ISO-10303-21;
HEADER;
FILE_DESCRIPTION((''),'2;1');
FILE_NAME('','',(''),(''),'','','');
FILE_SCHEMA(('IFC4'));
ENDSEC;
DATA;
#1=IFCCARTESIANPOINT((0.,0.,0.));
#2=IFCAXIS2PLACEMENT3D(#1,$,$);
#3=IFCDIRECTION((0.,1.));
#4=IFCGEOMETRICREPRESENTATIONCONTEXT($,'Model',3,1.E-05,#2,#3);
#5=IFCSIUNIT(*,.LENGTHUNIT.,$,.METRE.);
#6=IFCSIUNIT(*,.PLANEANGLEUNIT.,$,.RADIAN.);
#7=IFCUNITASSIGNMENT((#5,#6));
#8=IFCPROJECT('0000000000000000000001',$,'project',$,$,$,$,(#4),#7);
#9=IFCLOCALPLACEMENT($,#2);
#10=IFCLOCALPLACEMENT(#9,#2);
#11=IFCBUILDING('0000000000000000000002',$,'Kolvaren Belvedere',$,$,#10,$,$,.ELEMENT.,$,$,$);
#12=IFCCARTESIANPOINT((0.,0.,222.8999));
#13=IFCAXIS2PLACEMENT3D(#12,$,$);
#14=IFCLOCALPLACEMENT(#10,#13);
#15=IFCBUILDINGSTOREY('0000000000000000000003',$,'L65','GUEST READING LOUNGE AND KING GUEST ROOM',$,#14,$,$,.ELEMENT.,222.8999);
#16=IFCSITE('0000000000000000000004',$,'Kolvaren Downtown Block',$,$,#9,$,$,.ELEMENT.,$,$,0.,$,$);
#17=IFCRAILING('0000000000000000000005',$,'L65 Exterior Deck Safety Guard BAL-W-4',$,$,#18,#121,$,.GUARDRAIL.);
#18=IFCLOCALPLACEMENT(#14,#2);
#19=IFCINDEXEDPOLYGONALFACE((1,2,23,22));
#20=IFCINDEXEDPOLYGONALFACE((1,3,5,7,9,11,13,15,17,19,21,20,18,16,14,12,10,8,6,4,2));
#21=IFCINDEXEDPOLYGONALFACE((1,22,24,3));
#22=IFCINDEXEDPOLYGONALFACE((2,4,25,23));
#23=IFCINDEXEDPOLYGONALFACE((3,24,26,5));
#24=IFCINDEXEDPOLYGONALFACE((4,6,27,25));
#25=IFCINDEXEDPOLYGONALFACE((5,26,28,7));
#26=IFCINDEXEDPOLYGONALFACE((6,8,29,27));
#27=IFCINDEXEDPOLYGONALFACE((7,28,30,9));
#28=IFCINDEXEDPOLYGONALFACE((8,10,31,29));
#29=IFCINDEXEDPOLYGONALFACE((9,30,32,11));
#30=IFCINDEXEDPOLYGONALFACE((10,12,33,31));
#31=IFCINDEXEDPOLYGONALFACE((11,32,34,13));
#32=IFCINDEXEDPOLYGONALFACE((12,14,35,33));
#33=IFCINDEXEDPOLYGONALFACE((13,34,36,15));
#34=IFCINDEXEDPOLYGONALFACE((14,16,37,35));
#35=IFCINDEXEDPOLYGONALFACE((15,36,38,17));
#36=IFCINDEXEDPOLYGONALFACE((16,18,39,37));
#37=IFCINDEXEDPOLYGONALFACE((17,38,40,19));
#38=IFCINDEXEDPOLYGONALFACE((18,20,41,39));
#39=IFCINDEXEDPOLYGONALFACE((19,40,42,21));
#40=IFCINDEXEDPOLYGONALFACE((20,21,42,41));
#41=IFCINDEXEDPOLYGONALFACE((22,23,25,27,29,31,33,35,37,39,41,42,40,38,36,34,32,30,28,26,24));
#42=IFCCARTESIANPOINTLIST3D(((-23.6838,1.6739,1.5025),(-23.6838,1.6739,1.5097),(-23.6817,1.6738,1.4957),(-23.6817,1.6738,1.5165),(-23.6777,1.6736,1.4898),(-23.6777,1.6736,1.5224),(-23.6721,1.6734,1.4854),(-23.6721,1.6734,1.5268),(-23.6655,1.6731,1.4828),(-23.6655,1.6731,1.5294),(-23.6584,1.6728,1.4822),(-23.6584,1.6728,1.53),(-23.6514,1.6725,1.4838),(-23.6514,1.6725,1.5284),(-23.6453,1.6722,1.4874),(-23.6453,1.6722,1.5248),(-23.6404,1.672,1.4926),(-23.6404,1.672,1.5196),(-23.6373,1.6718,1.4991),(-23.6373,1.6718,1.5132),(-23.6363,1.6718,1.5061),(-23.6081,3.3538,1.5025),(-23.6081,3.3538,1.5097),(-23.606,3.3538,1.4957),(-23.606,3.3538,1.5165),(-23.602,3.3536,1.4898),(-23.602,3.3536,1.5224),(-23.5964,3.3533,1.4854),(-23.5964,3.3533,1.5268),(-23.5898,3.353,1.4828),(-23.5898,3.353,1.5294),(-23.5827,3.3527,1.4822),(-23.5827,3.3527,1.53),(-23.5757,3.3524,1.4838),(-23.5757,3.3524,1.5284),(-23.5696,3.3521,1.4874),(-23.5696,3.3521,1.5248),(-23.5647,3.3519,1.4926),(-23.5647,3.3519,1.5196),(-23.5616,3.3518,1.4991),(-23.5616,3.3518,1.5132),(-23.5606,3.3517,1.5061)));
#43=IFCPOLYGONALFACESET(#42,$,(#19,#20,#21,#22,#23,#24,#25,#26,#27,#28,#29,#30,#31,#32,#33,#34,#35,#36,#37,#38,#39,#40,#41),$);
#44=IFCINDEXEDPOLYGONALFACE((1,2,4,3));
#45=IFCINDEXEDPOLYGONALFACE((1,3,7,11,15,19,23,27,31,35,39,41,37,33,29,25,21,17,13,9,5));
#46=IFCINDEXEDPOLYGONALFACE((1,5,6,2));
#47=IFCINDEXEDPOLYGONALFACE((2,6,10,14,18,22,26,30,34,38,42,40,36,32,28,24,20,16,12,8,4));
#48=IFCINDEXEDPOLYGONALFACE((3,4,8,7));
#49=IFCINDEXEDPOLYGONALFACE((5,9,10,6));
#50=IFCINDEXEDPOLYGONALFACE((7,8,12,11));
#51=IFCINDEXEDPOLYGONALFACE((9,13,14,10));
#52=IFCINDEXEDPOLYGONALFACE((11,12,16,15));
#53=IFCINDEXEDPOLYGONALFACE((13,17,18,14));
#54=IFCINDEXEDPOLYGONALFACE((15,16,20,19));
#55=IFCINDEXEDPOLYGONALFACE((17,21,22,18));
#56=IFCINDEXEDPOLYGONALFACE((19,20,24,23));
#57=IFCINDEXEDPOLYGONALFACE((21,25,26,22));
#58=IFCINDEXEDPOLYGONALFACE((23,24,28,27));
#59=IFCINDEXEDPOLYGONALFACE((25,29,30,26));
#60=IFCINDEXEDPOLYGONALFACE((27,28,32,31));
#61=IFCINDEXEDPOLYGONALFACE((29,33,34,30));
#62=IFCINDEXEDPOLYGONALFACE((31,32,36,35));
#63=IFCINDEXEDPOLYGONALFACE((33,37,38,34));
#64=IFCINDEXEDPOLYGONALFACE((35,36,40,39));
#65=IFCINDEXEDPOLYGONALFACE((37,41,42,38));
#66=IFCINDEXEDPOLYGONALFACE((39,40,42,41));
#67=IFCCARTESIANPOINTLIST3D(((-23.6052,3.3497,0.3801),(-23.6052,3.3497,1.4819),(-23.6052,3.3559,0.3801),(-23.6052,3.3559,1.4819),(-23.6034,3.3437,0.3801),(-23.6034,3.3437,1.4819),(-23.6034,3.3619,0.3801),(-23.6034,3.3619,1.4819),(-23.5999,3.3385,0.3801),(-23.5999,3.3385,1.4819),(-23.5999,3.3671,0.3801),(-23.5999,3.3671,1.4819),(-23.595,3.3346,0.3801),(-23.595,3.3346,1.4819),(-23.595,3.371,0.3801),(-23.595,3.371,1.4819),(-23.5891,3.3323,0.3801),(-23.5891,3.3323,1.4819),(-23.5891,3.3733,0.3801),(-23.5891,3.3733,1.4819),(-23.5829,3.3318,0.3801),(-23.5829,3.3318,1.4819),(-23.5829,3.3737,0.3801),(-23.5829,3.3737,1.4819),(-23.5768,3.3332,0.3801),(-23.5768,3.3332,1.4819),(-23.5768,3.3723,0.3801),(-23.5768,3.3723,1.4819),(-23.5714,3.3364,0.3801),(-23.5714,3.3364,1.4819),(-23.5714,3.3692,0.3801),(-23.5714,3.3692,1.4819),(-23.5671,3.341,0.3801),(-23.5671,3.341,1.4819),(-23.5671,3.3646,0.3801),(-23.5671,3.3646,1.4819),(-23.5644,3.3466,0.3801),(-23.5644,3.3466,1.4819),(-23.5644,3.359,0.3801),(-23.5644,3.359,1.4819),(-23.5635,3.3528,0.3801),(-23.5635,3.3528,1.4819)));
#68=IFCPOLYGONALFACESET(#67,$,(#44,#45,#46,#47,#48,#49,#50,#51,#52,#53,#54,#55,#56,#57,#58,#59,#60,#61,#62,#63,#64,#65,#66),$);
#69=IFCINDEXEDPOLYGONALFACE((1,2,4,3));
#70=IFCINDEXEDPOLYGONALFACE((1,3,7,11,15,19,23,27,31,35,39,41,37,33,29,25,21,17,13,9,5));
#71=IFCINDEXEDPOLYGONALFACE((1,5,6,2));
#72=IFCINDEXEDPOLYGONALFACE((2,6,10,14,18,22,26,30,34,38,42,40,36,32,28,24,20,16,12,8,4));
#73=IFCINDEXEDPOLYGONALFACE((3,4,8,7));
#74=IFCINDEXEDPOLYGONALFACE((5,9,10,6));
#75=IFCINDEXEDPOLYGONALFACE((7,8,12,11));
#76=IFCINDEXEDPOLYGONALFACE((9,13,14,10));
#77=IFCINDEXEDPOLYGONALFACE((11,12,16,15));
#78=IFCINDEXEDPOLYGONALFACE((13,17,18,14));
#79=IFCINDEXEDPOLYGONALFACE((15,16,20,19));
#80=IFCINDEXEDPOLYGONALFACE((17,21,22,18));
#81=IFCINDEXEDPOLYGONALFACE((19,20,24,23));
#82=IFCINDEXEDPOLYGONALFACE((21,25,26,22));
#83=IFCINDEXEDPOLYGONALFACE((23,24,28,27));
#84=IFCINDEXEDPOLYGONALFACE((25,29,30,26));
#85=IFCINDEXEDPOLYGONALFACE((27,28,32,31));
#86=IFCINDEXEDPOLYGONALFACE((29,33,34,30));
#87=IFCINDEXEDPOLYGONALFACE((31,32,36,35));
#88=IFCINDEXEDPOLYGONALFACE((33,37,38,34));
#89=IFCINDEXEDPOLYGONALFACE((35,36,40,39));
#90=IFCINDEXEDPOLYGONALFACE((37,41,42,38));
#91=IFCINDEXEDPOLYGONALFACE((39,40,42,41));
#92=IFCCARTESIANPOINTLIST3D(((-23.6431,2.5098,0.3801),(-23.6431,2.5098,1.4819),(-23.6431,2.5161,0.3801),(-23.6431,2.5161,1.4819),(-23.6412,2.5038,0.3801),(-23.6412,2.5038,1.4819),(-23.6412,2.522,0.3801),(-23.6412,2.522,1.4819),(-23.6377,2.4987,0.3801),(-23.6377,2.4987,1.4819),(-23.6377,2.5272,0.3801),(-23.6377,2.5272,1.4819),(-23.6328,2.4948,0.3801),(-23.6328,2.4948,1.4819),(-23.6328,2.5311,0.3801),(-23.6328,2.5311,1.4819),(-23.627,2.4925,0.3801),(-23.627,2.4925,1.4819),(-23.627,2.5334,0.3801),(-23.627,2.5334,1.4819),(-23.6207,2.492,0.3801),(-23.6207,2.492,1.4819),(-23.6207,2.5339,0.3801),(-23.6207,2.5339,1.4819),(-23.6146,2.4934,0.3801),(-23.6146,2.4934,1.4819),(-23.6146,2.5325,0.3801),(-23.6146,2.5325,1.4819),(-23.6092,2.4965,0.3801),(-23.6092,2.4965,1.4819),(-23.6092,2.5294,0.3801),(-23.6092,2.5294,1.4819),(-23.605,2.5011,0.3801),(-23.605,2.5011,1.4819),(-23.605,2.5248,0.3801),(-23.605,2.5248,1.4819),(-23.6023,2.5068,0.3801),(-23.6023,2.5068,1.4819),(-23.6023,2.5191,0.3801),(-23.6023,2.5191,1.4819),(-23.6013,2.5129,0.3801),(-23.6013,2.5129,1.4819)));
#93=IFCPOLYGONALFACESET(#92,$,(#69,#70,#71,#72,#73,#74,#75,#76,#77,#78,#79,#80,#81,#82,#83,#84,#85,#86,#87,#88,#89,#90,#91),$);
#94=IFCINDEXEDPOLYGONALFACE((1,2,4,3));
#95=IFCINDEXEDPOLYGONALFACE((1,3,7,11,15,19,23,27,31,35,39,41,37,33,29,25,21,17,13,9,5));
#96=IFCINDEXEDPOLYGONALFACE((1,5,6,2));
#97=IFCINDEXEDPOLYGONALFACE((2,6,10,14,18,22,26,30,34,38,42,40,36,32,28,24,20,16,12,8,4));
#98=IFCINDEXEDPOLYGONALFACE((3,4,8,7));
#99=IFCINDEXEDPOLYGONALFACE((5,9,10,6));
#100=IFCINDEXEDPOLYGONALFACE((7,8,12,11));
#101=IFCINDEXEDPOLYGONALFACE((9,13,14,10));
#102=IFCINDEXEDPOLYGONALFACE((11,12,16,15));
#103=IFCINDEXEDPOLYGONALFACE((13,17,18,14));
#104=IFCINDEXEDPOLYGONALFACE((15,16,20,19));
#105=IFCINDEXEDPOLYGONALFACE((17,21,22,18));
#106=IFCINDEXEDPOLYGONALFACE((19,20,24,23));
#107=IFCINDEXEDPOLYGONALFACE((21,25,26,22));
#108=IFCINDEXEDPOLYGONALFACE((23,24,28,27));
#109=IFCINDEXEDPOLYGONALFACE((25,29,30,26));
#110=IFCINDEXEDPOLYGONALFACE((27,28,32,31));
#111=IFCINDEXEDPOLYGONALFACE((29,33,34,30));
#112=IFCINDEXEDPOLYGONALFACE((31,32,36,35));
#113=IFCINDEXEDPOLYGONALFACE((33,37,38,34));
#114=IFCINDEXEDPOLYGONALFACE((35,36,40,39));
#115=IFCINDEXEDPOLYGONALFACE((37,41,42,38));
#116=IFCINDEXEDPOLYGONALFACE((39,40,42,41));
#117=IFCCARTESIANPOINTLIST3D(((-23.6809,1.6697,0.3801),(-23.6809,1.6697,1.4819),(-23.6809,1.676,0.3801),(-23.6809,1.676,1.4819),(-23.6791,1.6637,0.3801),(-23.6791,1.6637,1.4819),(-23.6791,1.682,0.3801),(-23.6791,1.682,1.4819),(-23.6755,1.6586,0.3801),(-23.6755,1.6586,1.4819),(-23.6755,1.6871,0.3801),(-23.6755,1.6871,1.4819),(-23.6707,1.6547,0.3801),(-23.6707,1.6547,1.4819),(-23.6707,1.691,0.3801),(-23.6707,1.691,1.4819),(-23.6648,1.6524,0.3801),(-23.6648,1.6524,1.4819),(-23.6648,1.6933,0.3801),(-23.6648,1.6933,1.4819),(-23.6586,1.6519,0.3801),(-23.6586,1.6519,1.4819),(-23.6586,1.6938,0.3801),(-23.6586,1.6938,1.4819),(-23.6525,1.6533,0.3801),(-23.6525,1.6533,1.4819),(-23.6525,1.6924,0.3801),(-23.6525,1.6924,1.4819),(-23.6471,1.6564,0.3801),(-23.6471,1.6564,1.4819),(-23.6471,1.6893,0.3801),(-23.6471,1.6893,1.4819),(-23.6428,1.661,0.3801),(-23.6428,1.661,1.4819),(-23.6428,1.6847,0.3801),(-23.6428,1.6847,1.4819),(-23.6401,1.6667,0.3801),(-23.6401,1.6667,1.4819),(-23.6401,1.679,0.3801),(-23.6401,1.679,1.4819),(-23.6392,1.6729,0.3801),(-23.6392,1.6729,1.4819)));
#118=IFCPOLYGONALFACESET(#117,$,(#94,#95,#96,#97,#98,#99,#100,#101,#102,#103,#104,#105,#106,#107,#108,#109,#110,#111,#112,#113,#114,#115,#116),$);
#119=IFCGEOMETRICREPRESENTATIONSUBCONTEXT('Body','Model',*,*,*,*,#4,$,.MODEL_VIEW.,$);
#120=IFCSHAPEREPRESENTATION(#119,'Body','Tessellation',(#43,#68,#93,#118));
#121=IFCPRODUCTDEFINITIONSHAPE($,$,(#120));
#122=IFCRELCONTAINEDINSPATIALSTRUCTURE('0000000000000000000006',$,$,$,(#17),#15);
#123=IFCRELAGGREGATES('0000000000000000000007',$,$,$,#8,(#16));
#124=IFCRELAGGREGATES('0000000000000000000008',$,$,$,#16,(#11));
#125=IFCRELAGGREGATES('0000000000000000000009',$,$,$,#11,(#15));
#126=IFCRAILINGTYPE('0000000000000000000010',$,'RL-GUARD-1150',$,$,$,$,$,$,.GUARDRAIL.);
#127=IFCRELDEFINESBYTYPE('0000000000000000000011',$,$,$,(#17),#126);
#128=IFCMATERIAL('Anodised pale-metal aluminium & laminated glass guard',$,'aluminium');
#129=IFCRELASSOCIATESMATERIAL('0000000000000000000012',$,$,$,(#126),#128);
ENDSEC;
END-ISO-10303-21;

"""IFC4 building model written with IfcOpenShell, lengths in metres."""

from ifc_helpers import new_model, si_unit, direction, frame, origin, origin_2d, place, context, subcontext, project, spatial, circle, extrude, material, type_object, element, save


model = new_model("IFC4")

# Units and contexts
model_context = context("Model", 3, precision=1e-05, world=origin(), true_north=direction((0.0, 1.0)))
body_context = subcontext(model_context, "Body", "Model", "MODEL_VIEW")
ifc_project = project(units=[si_unit("LENGTHUNIT", "METRE"), si_unit("PLANEANGLEUNIT", "RADIAN")], contexts=[model_context])

# Site, building, storey
site_placement = place(None, origin())
site = spatial("IfcSite", under=ifc_project, at=site_placement, Name="Kolvaren Downtown Block", CompositionType="ELEMENT", RefElevation=0.0)
building_placement = place(site_placement, origin())
building = spatial("IfcBuilding", under=site, at=building_placement, Name="Kolvaren Belvedere", CompositionType="ELEMENT")
storey_placement = place(building_placement, frame((0.0, 0.0, 222.8999)))
storey = spatial("IfcBuildingStorey", under=building, at=storey_placement, Name="L65", Description="GUEST READING LOUNGE AND KING GUEST ROOM", CompositionType="ELEMENT", Elevation=222.8999)

# Railing
ifc_material_1 = material(Name="Anodised pale-metal aluminium & laminated glass guard", Category="aluminium")
railing_type = type_object("IfcRailingType", Name="RL-GUARD-1150", PredefinedType="GUARDRAIL", material=ifc_material_1)
railing_1_placement = place(storey_placement, frame((-23.5845, 3.3528, 0.3801)))
element("IfcRailing", 1, at=railing_1_placement, inside=storey, type_object=railing_type, Name="L65 Exterior Deck Safety Guard BAL-W-4", PredefinedType="GUARDRAIL", context=body_context, shape_type="SweptSolid", body=[
    extrude(circle(Radius=0.0239, at=origin_2d()), frame((0.0, 0.0, 1.126), z_axis=(-0.045006, -0.998987, 0.0), x_axis=(0.998987, -0.045006, 0.0)), (0.0, 0.0, 1.0), 1.6816),
    extrude(circle(Radius=0.021, at=origin_2d()), origin(), (0.0, 0.0, 1.0), 1.1018),
    extrude(circle(Radius=0.021, at=origin_2d()), frame((-0.0378, -0.8398, 0.0)), (0.0, 0.0, 1.0), 1.1018),
    extrude(circle(Radius=0.021, at=origin_2d()), frame((-0.0757, -1.6799, 0.0)), (0.0, 0.0, 1.0), 1.1018),
])

save(model, "model.ifc")
